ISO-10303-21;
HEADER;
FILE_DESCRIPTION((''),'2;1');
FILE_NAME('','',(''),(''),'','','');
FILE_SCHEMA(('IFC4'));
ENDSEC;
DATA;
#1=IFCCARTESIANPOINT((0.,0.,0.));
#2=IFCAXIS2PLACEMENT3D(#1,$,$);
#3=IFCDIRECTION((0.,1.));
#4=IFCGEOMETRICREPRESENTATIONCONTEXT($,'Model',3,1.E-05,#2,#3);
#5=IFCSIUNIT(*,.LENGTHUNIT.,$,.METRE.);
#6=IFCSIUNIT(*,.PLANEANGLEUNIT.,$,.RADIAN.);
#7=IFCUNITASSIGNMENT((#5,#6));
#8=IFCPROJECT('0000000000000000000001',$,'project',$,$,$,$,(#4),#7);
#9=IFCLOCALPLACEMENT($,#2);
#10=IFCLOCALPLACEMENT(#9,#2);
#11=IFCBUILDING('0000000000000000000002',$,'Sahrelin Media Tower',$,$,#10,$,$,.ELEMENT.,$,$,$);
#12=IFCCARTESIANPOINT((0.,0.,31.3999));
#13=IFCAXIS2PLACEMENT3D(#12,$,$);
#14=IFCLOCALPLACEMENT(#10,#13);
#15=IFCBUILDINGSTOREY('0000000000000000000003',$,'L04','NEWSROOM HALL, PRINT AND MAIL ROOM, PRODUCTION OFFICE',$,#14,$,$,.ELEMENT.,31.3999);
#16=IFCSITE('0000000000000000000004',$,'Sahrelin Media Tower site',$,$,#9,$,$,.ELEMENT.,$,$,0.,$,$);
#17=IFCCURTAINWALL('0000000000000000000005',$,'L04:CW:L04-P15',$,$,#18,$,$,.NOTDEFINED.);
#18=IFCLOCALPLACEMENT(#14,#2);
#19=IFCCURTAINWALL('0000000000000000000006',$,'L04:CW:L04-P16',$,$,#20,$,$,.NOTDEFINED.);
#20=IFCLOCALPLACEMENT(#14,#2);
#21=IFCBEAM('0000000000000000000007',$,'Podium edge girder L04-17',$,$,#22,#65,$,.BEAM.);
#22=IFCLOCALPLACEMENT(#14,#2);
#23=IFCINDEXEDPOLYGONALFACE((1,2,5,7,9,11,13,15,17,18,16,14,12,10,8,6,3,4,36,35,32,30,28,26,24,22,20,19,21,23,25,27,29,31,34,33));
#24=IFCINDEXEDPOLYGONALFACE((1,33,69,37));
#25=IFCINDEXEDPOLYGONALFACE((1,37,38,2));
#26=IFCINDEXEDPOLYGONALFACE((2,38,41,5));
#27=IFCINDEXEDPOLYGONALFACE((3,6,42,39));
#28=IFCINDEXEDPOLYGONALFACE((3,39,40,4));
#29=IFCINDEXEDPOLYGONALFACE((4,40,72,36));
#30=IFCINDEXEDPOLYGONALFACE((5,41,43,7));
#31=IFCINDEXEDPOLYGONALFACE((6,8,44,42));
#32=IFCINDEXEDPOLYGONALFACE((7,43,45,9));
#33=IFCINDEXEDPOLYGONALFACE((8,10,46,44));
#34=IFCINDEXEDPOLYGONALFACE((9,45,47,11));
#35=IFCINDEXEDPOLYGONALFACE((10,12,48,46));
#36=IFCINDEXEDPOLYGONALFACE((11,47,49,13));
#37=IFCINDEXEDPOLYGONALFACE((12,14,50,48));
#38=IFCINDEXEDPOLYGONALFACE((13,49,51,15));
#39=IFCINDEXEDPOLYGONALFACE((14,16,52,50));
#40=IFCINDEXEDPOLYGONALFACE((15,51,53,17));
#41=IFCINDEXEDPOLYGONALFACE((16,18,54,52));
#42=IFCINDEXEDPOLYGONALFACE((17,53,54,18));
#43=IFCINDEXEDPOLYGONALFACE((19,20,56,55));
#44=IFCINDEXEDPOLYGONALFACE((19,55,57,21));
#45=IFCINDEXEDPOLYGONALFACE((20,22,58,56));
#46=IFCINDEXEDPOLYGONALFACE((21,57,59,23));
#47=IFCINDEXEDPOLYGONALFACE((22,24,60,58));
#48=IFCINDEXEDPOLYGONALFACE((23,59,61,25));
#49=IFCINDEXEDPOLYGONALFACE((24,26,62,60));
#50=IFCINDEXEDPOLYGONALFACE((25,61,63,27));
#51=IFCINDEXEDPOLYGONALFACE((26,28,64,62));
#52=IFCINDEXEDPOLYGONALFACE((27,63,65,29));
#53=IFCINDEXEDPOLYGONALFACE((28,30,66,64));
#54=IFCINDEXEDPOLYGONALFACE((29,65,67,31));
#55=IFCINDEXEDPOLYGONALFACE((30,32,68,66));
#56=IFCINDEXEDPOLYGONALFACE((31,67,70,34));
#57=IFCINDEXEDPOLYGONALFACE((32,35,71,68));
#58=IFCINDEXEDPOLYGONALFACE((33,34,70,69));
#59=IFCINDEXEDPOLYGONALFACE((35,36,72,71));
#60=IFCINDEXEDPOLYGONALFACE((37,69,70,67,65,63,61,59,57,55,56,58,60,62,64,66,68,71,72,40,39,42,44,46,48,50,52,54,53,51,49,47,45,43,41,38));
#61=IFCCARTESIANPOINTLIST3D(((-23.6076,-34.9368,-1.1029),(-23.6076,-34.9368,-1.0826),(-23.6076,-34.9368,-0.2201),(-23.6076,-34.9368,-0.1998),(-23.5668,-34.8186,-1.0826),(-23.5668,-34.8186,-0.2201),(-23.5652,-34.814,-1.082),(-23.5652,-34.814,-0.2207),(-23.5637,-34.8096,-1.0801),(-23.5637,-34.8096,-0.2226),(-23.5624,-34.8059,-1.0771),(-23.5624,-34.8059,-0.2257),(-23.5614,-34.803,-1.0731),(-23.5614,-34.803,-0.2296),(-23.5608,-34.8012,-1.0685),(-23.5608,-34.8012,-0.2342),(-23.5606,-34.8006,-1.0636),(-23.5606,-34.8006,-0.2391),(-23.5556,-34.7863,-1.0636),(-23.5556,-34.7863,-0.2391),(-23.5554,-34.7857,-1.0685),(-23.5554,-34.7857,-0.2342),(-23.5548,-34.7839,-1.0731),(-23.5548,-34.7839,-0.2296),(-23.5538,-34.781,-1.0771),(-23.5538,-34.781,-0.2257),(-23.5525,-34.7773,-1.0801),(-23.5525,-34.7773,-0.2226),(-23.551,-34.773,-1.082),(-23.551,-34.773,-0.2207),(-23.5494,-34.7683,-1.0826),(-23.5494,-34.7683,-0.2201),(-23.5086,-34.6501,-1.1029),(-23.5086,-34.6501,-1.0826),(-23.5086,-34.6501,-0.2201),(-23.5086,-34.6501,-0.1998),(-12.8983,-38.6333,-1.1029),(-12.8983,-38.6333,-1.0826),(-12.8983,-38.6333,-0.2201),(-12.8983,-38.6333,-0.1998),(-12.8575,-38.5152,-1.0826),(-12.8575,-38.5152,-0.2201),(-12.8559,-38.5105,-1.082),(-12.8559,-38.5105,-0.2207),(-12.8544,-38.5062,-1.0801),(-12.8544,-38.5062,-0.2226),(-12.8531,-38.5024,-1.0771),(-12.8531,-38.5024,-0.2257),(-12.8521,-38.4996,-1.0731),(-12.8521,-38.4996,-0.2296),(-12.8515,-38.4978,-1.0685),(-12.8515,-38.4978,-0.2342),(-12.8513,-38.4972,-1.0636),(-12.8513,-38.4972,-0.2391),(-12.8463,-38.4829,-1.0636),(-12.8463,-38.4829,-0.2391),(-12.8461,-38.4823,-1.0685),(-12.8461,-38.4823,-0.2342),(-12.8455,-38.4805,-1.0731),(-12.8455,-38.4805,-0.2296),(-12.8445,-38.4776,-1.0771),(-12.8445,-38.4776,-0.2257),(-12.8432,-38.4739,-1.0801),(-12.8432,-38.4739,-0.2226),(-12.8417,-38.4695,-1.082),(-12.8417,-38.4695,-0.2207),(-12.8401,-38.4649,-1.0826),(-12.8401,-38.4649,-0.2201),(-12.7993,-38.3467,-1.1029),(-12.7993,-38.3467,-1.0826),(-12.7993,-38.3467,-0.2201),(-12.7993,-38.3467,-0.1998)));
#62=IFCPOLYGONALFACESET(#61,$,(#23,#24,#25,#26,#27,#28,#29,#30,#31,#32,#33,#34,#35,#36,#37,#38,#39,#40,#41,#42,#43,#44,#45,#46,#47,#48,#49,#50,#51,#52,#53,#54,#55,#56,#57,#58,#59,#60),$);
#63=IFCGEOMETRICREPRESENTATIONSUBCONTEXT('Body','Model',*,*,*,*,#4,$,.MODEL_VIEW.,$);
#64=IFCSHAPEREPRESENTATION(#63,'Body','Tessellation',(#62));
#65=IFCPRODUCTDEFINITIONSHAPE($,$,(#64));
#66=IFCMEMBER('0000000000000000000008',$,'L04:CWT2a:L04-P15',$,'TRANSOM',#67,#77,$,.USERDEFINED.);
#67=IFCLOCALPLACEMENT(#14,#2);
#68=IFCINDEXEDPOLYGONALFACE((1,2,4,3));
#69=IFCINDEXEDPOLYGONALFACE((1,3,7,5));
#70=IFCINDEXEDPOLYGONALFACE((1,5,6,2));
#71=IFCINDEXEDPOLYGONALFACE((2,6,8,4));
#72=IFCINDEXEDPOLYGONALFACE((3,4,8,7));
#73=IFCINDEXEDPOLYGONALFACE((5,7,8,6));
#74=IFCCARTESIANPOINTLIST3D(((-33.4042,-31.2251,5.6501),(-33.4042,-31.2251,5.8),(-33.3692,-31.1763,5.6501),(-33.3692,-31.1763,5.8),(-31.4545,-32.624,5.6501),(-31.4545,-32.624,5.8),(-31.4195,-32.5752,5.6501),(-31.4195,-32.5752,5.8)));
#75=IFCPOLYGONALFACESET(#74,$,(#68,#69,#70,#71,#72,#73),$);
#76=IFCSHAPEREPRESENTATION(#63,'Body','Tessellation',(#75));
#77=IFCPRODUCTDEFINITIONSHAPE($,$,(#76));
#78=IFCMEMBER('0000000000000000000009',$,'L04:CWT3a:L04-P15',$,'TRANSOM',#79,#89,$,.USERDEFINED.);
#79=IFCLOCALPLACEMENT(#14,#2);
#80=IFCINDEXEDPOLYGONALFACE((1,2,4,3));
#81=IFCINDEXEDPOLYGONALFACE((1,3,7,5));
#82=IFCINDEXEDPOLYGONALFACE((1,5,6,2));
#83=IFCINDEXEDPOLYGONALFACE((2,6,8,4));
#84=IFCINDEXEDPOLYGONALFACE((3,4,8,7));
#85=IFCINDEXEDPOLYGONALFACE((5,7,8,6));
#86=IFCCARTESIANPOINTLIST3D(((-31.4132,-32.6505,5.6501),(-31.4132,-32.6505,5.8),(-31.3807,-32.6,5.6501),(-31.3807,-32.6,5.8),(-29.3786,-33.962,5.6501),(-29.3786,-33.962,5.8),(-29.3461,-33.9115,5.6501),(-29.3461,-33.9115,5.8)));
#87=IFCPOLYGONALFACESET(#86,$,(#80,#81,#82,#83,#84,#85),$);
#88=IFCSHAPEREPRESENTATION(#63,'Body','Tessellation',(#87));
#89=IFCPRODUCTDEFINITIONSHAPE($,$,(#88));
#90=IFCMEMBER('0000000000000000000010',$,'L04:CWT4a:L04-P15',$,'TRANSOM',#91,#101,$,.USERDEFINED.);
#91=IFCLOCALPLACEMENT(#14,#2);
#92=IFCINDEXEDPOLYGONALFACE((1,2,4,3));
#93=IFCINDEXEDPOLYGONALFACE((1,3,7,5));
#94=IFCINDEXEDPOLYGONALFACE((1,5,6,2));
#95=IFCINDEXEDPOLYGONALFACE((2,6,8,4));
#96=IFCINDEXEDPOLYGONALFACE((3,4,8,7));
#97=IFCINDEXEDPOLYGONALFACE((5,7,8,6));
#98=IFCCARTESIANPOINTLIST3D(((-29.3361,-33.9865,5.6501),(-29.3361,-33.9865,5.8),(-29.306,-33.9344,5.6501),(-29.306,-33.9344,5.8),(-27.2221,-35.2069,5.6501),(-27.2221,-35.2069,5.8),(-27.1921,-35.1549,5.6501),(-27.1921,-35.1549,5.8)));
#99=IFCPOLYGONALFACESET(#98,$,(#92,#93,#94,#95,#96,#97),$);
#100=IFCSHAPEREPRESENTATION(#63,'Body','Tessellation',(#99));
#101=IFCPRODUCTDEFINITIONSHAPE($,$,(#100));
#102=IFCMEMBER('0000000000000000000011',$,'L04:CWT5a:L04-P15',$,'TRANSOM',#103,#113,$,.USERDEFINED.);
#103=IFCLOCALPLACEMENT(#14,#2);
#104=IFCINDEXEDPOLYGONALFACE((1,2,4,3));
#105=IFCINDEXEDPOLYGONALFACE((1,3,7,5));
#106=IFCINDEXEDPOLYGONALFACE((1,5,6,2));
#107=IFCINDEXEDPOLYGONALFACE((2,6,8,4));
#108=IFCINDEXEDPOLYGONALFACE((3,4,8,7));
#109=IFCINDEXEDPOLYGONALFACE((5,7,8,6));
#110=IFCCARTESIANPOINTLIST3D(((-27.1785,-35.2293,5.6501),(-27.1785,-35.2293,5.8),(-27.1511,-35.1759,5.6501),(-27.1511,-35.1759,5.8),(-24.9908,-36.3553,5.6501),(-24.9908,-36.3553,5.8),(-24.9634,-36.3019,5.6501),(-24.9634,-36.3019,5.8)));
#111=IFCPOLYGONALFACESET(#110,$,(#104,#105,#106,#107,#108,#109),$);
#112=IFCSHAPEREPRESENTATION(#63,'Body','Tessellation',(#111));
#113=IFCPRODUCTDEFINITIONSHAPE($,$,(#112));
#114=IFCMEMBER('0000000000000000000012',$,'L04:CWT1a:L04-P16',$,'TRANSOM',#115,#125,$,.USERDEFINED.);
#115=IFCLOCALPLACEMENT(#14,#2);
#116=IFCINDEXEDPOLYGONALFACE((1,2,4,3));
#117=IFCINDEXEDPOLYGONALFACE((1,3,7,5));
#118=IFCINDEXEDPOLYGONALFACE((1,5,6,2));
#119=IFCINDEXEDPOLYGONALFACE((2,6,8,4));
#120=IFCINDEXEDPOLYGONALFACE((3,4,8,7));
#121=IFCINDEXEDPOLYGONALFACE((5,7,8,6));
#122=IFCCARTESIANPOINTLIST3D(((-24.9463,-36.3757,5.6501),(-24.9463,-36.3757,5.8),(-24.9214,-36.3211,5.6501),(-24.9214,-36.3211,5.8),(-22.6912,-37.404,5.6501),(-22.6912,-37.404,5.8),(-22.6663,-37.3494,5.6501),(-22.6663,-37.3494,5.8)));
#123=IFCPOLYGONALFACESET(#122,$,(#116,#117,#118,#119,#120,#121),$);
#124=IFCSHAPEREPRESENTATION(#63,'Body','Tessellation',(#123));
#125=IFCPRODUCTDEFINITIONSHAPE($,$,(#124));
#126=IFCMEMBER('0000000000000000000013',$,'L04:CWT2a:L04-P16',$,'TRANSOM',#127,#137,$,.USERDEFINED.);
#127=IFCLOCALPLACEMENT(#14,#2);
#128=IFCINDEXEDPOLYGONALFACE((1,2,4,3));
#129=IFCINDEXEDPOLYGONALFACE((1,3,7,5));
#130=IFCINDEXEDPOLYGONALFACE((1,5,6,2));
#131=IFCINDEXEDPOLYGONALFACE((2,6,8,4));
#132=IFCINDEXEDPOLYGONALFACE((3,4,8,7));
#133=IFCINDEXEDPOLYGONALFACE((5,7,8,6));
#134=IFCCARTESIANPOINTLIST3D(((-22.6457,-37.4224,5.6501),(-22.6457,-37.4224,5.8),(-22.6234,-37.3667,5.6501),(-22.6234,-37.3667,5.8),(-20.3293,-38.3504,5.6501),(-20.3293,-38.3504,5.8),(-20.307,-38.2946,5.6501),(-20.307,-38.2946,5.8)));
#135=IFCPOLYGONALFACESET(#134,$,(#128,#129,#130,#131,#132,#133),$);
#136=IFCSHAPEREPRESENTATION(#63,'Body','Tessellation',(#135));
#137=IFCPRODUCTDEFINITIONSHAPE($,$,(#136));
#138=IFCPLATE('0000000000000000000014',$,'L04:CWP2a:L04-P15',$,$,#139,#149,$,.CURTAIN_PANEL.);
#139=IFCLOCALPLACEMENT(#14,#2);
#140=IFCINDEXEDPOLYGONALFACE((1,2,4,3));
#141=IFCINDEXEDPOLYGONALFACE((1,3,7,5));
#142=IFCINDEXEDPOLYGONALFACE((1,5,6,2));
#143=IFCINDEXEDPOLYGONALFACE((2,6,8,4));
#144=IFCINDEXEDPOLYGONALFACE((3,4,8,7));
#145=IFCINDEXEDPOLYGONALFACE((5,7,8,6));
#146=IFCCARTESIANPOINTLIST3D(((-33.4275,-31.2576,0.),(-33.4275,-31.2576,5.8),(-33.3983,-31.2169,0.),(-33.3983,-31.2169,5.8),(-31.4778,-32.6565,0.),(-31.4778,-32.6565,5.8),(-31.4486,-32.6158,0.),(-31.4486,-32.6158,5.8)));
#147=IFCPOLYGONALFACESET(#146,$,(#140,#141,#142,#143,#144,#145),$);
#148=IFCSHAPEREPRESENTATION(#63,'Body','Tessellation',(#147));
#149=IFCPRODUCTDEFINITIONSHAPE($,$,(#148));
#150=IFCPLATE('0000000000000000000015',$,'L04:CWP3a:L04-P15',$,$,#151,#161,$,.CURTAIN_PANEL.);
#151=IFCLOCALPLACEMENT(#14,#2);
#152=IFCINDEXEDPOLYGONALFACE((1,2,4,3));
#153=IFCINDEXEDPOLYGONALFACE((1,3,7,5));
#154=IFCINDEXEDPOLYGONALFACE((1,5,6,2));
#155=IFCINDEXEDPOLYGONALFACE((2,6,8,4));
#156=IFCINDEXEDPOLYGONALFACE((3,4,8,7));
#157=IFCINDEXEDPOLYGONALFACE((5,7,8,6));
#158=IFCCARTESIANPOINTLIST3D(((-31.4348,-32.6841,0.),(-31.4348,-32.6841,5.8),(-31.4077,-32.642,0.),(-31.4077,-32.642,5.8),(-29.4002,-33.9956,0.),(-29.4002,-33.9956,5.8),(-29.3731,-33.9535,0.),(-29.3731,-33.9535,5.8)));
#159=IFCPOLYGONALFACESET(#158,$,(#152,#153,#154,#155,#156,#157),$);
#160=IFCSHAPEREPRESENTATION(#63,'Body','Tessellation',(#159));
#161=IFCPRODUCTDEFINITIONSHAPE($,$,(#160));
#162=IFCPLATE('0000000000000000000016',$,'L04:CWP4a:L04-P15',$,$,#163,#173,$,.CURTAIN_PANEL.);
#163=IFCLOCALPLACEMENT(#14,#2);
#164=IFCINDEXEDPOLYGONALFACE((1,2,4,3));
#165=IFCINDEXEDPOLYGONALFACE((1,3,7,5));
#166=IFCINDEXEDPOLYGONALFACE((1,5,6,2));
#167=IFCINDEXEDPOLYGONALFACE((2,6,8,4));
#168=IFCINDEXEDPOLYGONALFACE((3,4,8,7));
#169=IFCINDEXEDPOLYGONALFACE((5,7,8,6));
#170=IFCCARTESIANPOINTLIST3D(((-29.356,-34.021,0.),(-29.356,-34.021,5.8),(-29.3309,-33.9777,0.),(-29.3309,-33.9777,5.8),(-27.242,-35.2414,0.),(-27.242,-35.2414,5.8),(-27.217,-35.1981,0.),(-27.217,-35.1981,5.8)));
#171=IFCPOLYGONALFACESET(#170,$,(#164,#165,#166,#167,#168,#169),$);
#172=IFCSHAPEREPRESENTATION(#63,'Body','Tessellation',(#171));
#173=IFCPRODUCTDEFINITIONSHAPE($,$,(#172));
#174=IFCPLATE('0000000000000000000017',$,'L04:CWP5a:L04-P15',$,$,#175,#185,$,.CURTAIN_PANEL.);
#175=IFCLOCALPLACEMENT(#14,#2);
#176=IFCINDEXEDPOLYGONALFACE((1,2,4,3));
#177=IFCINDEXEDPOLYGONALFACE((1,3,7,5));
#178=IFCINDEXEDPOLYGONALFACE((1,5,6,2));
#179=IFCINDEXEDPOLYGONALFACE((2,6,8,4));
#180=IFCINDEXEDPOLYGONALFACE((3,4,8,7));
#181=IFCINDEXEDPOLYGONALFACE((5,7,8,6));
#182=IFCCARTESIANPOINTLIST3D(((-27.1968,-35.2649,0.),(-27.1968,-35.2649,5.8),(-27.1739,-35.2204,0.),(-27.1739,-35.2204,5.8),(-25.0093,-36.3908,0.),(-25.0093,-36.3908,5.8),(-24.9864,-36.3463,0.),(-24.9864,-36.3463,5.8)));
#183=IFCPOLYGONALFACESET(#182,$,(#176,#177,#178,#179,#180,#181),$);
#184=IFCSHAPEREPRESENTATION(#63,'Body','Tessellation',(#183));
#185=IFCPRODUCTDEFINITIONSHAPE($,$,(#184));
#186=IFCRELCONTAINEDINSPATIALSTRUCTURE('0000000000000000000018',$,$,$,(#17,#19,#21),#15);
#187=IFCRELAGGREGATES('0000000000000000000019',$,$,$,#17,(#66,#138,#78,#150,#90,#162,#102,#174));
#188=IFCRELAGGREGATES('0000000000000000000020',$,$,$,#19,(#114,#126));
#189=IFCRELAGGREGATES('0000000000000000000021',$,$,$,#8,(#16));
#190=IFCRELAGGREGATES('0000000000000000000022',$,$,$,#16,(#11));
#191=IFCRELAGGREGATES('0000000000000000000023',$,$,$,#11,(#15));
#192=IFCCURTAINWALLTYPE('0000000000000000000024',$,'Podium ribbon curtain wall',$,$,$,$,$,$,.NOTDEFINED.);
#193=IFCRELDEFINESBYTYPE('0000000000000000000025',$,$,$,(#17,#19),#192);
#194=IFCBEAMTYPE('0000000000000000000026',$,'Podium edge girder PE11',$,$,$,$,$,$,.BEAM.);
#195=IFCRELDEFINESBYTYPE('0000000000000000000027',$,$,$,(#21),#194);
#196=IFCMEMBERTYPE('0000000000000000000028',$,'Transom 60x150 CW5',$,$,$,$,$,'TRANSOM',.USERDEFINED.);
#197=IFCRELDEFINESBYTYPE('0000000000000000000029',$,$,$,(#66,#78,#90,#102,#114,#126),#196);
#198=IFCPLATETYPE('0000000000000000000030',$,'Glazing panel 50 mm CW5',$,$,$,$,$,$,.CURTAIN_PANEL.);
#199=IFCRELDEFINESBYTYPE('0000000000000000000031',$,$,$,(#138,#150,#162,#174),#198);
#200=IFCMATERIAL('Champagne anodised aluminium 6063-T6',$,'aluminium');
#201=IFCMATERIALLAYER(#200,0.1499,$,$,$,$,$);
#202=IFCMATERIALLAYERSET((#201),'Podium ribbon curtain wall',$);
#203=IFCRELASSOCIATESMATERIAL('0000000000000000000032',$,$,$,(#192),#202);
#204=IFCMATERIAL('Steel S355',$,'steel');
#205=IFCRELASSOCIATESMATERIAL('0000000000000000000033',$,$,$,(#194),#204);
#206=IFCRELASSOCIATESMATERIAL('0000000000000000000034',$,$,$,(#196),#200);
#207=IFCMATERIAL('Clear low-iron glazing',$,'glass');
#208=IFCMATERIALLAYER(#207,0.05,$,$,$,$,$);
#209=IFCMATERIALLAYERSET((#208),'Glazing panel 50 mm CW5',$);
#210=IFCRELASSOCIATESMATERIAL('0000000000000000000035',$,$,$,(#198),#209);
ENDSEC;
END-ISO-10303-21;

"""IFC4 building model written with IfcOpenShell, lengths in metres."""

from ifc_helpers import new_model, si_unit, direction, frame, origin, origin_2d, place, context, subcontext, project, spatial, polyline, rectangle, i_section, outline, extrude, material, layer, layer_set, material_profile, profile_set, type_object, element, aggregate, save


model = new_model("IFC4")

# Units and contexts
model_context = context("Model", 3, precision=1e-05, world=origin(), true_north=direction((0.0, 1.0)))
body_context = subcontext(model_context, "Body", "Model", "MODEL_VIEW")
ifc_project = project(units=[si_unit("LENGTHUNIT", "METRE"), si_unit("PLANEANGLEUNIT", "RADIAN")], contexts=[model_context])

# Site, building, storey
site_placement = place(None, origin())
site = spatial("IfcSite", under=ifc_project, at=site_placement, Name="Sahrelin Media Tower site", CompositionType="ELEMENT", RefElevation=0.0)
building_placement = place(site_placement, origin())
building = spatial("IfcBuilding", under=site, at=building_placement, Name="Sahrelin Media Tower", CompositionType="ELEMENT")
storey_placement = place(building_placement, frame((0.0, 0.0, 31.3999)))
storey = spatial("IfcBuildingStorey", under=building, at=storey_placement, Name="L04", Description="NEWSROOM HALL, PRINT AND MAIL ROOM, PRODUCTION OFFICE", CompositionType="ELEMENT", Elevation=31.3999)

# Curtain walls
ifc_material_1 = material(Name="Champagne anodised aluminium 6063-T6", Category="aluminium")
ifc_layer_1 = layer(ifc_material_1, 0.1499)
ifc_layer_set_1 = layer_set([ifc_layer_1], Name="Podium ribbon curtain wall")
curtain_wall_type = type_object("IfcCurtainWallType", Name="Podium ribbon curtain wall", PredefinedType="NOTDEFINED", material=ifc_layer_set_1)
curtain_wall_1_placement = place(storey_placement, frame((-35.3552, -29.6985, 0.0), z_axis=(0.0, 0.0, 1.0), x_axis=(1.0, 0.0, 0.0)))
curtain_wall_1 = element("IfcCurtainWall", 1, at=curtain_wall_1_placement, inside=storey, type_object=curtain_wall_type, Name="L04:CW:L04-P15", PredefinedType="NOTDEFINED")
curtain_wall_2_placement = place(storey_placement, frame((-25.0, -36.373, 0.0), z_axis=(0.0, 0.0, 1.0), x_axis=(1.0, 0.0, 0.0)))
curtain_wall_2 = element("IfcCurtainWall", 2, at=curtain_wall_2_placement, inside=storey, type_object=curtain_wall_type, Name="L04:CW:L04-P16", PredefinedType="NOTDEFINED")

# Beam
ifc_material_2 = material(Name="Steel S355", Category="steel")
ifc_material_profile_1 = material_profile(ifc_material_2, i_section(OverallWidth=0.3032, OverallDepth=0.9031, WebThickness=0.0151, FlangeThickness=0.0203, FilletRadius=0.019, at=origin_2d()), Name="UB 914x305x201")
ifc_profile_set_1 = profile_set([ifc_material_profile_1], Name="Steel S355")
beam_type = type_object("IfcBeamType", Name="Podium edge girder PE11", PredefinedType="BEAM", material=ifc_profile_set_1)
beam_1_placement = place(storey_placement, frame((-23.5581, -34.7935, -0.6514), z_axis=(0.945272, -0.326282, 0.0), x_axis=(0.326282, 0.945272, 0.0)))
element("IfcBeam", 3, at=beam_1_placement, inside=storey, type_object=beam_type, Name="Podium edge girder L04-17", PredefinedType="BEAM", context=body_context, shape_type="SweptSolid", body=[
    extrude(i_section(OverallWidth=0.3032, OverallDepth=0.9031, WebThickness=0.0151, FlangeThickness=0.0203, FilletRadius=0.019, at=origin_2d()), origin(), (0.0, 0.0, 1.0), 11.3293),
])

# Members
ifc_material_profile_2 = material_profile(ifc_material_1, rectangle(XDim=0.0601, YDim=0.1499, at=origin_2d()), Name="Transom 60x150")
ifc_profile_set_2 = profile_set([ifc_material_profile_2], Name="Champagne anodised aluminium 6063-T6")
member_type_1 = type_object("IfcMemberType", Name="Transom 60x150 CW5", ElementType="TRANSOM", PredefinedType="USERDEFINED", material=ifc_profile_set_2)
member_1_placement = place(storey_placement, frame((-33.3867, -31.2007, 5.7251), z_axis=(0.812494, -0.582969, 0.0), x_axis=(0.582969, 0.812494, 0.0)))
member_1 = element("IfcMember", 4, at=member_1_placement, type_object=member_type_1, Name="L04:CWT2a:L04-P15", ObjectType="TRANSOM", PredefinedType="USERDEFINED", context=body_context, shape_type="SweptSolid", body=[
    extrude(rectangle(XDim=0.0601, YDim=0.1499, at=origin_2d()), origin(), (0.0, 0.0, 1.0), 2.3997),
])
member_2_placement = place(storey_placement, frame((-31.397, -32.6252, 5.7251), z_axis=(0.840516, -0.541787, 0.0), x_axis=(0.541787, 0.840516, 0.0)))
member_2 = element("IfcMember", 5, at=member_2_placement, type_object=member_type_1, Name="L04:CWT3a:L04-P15", ObjectType="TRANSOM", PredefinedType="USERDEFINED", context=body_context, shape_type="SweptSolid", body=[
    extrude(rectangle(XDim=0.0601, YDim=0.1499, at=origin_2d()), origin(), (0.0, 0.0, 1.0), 2.4207),
])
member_3_placement = place(storey_placement, frame((-29.321, -33.9604, 5.7251), z_axis=(0.866037, -0.499979, 0.0), x_axis=(0.499979, 0.866037, 0.0)))
member_3 = element("IfcMember", 6, at=member_3_placement, type_object=member_type_1, Name="L04:CWT4a:L04-P15", ObjectType="TRANSOM", PredefinedType="USERDEFINED", context=body_context, shape_type="SweptSolid", body=[
    extrude(rectangle(XDim=0.0601, YDim=0.1499, at=origin_2d()), origin(), (0.0, 0.0, 1.0), 2.4409),
])
member_4_placement = place(storey_placement, frame((-27.1648, -35.2026, 5.7251), z_axis=(0.889147, -0.457622, 0.0), x_axis=(0.457622, 0.889147, 0.0)))
member_4 = element("IfcMember", 7, at=member_4_placement, type_object=member_type_1, Name="L04:CWT5a:L04-P15", ObjectType="TRANSOM", PredefinedType="USERDEFINED", context=body_context, shape_type="SweptSolid", body=[
    extrude(rectangle(XDim=0.0601, YDim=0.1499, at=origin_2d()), origin(), (0.0, 0.0, 1.0), 2.4604),
])
member_5_placement = place(storey_placement, frame((-24.9338, -36.3484, 5.7251), z_axis=(0.90987, -0.414894, 0.0), x_axis=(0.414894, 0.90987, 0.0)))
member_5 = element("IfcMember", 8, at=member_5_placement, type_object=member_type_1, Name="L04:CWT1a:L04-P16", ObjectType="TRANSOM", PredefinedType="USERDEFINED", context=body_context, shape_type="SweptSolid", body=[
    extrude(rectangle(XDim=0.0601, YDim=0.1499, at=origin_2d()), origin(), (0.0, 0.0, 1.0), 2.4785),
])
member_6_placement = place(storey_placement, frame((-22.6345, -37.3945, 5.7251), z_axis=(0.928281, -0.37188, 0.0), x_axis=(0.37188, 0.928281, 0.0)))
member_6 = element("IfcMember", 9, at=member_6_placement, type_object=member_type_1, Name="L04:CWT2a:L04-P16", ObjectType="TRANSOM", PredefinedType="USERDEFINED", context=body_context, shape_type="SweptSolid", body=[
    extrude(rectangle(XDim=0.0601, YDim=0.1499, at=origin_2d()), origin(), (0.0, 0.0, 1.0), 2.4954),
])

# Plates
ifc_material_3 = material(Name="Clear low-iron glazing", Category="glass")
ifc_layer_2 = layer(ifc_material_3, 0.05)
ifc_layer_set_2 = layer_set([ifc_layer_2], Name="Glazing panel 50 mm CW5")
plate_type = type_object("IfcPlateType", Name="Glazing panel 50 mm CW5", PredefinedType="CURTAIN_PANEL", material=ifc_layer_set_2)
plate_1_placement = place(storey_placement, frame((-33.4275, -31.2576, 0.0), z_axis=(-0.582969, -0.812494, 0.0), x_axis=(0.812494, -0.582969, 0.0)))
plate_1 = element("IfcPlate", 10, at=plate_1_placement, type_object=plate_type, Name="L04:CWP2a:L04-P15", PredefinedType="CURTAIN_PANEL", context=body_context, shape_type="SweptSolid", body=[
    extrude(outline(polyline([(0.0, 0.0), (2.3997, 0.0), (2.3997, 5.8), (0.0, 5.8), (0.0, 0.0)])), origin(), (0.0, 0.0, -1.0), 0.05),
])
plate_2_placement = place(storey_placement, frame((-31.4348, -32.6841, 0.0), z_axis=(-0.541787, -0.840516, 0.0), x_axis=(0.840516, -0.541787, 0.0)))
plate_2 = element("IfcPlate", 11, at=plate_2_placement, type_object=plate_type, Name="L04:CWP3a:L04-P15", PredefinedType="CURTAIN_PANEL", context=body_context, shape_type="SweptSolid", body=[
    extrude(outline(polyline([(0.0, 0.0), (2.4207, 0.0), (2.4207, 5.8), (0.0, 5.8), (0.0, 0.0)])), origin(), (0.0, 0.0, -1.0), 0.05),
])
plate_3_placement = place(storey_placement, frame((-29.356, -34.021, 0.0), z_axis=(-0.499979, -0.866037, 0.0), x_axis=(0.866037, -0.499979, 0.0)))
plate_3 = element("IfcPlate", 12, at=plate_3_placement, type_object=plate_type, Name="L04:CWP4a:L04-P15", PredefinedType="CURTAIN_PANEL", context=body_context, shape_type="SweptSolid", body=[
    extrude(outline(polyline([(0.0, 0.0), (2.4409, 0.0), (2.4409, 5.8), (0.0, 5.8), (0.0, 0.0)])), origin(), (0.0, 0.0, -1.0), 0.05),
])
plate_4_placement = place(storey_placement, frame((-27.1968, -35.2649, 0.0), z_axis=(-0.457662, -0.889126, 0.0), x_axis=(0.889126, -0.457662, 0.0)))
plate_4 = element("IfcPlate", 13, at=plate_4_placement, type_object=plate_type, Name="L04:CWP5a:L04-P15", PredefinedType="CURTAIN_PANEL", context=body_context, shape_type="SweptSolid", body=[
    extrude(outline(polyline([(0.0, 0.0), (2.4602, 0.0), (2.4602, 5.8), (0.0, 5.8), (0.0, 0.0)])), origin(), (0.0, 0.0, -1.0), 0.05),
])
aggregate(curtain_wall_1, [member_1, plate_1, member_2, plate_2, member_3, plate_3, member_4, plate_4])
aggregate(curtain_wall_2, [member_5, member_6])

save(model, "model.ifc")
